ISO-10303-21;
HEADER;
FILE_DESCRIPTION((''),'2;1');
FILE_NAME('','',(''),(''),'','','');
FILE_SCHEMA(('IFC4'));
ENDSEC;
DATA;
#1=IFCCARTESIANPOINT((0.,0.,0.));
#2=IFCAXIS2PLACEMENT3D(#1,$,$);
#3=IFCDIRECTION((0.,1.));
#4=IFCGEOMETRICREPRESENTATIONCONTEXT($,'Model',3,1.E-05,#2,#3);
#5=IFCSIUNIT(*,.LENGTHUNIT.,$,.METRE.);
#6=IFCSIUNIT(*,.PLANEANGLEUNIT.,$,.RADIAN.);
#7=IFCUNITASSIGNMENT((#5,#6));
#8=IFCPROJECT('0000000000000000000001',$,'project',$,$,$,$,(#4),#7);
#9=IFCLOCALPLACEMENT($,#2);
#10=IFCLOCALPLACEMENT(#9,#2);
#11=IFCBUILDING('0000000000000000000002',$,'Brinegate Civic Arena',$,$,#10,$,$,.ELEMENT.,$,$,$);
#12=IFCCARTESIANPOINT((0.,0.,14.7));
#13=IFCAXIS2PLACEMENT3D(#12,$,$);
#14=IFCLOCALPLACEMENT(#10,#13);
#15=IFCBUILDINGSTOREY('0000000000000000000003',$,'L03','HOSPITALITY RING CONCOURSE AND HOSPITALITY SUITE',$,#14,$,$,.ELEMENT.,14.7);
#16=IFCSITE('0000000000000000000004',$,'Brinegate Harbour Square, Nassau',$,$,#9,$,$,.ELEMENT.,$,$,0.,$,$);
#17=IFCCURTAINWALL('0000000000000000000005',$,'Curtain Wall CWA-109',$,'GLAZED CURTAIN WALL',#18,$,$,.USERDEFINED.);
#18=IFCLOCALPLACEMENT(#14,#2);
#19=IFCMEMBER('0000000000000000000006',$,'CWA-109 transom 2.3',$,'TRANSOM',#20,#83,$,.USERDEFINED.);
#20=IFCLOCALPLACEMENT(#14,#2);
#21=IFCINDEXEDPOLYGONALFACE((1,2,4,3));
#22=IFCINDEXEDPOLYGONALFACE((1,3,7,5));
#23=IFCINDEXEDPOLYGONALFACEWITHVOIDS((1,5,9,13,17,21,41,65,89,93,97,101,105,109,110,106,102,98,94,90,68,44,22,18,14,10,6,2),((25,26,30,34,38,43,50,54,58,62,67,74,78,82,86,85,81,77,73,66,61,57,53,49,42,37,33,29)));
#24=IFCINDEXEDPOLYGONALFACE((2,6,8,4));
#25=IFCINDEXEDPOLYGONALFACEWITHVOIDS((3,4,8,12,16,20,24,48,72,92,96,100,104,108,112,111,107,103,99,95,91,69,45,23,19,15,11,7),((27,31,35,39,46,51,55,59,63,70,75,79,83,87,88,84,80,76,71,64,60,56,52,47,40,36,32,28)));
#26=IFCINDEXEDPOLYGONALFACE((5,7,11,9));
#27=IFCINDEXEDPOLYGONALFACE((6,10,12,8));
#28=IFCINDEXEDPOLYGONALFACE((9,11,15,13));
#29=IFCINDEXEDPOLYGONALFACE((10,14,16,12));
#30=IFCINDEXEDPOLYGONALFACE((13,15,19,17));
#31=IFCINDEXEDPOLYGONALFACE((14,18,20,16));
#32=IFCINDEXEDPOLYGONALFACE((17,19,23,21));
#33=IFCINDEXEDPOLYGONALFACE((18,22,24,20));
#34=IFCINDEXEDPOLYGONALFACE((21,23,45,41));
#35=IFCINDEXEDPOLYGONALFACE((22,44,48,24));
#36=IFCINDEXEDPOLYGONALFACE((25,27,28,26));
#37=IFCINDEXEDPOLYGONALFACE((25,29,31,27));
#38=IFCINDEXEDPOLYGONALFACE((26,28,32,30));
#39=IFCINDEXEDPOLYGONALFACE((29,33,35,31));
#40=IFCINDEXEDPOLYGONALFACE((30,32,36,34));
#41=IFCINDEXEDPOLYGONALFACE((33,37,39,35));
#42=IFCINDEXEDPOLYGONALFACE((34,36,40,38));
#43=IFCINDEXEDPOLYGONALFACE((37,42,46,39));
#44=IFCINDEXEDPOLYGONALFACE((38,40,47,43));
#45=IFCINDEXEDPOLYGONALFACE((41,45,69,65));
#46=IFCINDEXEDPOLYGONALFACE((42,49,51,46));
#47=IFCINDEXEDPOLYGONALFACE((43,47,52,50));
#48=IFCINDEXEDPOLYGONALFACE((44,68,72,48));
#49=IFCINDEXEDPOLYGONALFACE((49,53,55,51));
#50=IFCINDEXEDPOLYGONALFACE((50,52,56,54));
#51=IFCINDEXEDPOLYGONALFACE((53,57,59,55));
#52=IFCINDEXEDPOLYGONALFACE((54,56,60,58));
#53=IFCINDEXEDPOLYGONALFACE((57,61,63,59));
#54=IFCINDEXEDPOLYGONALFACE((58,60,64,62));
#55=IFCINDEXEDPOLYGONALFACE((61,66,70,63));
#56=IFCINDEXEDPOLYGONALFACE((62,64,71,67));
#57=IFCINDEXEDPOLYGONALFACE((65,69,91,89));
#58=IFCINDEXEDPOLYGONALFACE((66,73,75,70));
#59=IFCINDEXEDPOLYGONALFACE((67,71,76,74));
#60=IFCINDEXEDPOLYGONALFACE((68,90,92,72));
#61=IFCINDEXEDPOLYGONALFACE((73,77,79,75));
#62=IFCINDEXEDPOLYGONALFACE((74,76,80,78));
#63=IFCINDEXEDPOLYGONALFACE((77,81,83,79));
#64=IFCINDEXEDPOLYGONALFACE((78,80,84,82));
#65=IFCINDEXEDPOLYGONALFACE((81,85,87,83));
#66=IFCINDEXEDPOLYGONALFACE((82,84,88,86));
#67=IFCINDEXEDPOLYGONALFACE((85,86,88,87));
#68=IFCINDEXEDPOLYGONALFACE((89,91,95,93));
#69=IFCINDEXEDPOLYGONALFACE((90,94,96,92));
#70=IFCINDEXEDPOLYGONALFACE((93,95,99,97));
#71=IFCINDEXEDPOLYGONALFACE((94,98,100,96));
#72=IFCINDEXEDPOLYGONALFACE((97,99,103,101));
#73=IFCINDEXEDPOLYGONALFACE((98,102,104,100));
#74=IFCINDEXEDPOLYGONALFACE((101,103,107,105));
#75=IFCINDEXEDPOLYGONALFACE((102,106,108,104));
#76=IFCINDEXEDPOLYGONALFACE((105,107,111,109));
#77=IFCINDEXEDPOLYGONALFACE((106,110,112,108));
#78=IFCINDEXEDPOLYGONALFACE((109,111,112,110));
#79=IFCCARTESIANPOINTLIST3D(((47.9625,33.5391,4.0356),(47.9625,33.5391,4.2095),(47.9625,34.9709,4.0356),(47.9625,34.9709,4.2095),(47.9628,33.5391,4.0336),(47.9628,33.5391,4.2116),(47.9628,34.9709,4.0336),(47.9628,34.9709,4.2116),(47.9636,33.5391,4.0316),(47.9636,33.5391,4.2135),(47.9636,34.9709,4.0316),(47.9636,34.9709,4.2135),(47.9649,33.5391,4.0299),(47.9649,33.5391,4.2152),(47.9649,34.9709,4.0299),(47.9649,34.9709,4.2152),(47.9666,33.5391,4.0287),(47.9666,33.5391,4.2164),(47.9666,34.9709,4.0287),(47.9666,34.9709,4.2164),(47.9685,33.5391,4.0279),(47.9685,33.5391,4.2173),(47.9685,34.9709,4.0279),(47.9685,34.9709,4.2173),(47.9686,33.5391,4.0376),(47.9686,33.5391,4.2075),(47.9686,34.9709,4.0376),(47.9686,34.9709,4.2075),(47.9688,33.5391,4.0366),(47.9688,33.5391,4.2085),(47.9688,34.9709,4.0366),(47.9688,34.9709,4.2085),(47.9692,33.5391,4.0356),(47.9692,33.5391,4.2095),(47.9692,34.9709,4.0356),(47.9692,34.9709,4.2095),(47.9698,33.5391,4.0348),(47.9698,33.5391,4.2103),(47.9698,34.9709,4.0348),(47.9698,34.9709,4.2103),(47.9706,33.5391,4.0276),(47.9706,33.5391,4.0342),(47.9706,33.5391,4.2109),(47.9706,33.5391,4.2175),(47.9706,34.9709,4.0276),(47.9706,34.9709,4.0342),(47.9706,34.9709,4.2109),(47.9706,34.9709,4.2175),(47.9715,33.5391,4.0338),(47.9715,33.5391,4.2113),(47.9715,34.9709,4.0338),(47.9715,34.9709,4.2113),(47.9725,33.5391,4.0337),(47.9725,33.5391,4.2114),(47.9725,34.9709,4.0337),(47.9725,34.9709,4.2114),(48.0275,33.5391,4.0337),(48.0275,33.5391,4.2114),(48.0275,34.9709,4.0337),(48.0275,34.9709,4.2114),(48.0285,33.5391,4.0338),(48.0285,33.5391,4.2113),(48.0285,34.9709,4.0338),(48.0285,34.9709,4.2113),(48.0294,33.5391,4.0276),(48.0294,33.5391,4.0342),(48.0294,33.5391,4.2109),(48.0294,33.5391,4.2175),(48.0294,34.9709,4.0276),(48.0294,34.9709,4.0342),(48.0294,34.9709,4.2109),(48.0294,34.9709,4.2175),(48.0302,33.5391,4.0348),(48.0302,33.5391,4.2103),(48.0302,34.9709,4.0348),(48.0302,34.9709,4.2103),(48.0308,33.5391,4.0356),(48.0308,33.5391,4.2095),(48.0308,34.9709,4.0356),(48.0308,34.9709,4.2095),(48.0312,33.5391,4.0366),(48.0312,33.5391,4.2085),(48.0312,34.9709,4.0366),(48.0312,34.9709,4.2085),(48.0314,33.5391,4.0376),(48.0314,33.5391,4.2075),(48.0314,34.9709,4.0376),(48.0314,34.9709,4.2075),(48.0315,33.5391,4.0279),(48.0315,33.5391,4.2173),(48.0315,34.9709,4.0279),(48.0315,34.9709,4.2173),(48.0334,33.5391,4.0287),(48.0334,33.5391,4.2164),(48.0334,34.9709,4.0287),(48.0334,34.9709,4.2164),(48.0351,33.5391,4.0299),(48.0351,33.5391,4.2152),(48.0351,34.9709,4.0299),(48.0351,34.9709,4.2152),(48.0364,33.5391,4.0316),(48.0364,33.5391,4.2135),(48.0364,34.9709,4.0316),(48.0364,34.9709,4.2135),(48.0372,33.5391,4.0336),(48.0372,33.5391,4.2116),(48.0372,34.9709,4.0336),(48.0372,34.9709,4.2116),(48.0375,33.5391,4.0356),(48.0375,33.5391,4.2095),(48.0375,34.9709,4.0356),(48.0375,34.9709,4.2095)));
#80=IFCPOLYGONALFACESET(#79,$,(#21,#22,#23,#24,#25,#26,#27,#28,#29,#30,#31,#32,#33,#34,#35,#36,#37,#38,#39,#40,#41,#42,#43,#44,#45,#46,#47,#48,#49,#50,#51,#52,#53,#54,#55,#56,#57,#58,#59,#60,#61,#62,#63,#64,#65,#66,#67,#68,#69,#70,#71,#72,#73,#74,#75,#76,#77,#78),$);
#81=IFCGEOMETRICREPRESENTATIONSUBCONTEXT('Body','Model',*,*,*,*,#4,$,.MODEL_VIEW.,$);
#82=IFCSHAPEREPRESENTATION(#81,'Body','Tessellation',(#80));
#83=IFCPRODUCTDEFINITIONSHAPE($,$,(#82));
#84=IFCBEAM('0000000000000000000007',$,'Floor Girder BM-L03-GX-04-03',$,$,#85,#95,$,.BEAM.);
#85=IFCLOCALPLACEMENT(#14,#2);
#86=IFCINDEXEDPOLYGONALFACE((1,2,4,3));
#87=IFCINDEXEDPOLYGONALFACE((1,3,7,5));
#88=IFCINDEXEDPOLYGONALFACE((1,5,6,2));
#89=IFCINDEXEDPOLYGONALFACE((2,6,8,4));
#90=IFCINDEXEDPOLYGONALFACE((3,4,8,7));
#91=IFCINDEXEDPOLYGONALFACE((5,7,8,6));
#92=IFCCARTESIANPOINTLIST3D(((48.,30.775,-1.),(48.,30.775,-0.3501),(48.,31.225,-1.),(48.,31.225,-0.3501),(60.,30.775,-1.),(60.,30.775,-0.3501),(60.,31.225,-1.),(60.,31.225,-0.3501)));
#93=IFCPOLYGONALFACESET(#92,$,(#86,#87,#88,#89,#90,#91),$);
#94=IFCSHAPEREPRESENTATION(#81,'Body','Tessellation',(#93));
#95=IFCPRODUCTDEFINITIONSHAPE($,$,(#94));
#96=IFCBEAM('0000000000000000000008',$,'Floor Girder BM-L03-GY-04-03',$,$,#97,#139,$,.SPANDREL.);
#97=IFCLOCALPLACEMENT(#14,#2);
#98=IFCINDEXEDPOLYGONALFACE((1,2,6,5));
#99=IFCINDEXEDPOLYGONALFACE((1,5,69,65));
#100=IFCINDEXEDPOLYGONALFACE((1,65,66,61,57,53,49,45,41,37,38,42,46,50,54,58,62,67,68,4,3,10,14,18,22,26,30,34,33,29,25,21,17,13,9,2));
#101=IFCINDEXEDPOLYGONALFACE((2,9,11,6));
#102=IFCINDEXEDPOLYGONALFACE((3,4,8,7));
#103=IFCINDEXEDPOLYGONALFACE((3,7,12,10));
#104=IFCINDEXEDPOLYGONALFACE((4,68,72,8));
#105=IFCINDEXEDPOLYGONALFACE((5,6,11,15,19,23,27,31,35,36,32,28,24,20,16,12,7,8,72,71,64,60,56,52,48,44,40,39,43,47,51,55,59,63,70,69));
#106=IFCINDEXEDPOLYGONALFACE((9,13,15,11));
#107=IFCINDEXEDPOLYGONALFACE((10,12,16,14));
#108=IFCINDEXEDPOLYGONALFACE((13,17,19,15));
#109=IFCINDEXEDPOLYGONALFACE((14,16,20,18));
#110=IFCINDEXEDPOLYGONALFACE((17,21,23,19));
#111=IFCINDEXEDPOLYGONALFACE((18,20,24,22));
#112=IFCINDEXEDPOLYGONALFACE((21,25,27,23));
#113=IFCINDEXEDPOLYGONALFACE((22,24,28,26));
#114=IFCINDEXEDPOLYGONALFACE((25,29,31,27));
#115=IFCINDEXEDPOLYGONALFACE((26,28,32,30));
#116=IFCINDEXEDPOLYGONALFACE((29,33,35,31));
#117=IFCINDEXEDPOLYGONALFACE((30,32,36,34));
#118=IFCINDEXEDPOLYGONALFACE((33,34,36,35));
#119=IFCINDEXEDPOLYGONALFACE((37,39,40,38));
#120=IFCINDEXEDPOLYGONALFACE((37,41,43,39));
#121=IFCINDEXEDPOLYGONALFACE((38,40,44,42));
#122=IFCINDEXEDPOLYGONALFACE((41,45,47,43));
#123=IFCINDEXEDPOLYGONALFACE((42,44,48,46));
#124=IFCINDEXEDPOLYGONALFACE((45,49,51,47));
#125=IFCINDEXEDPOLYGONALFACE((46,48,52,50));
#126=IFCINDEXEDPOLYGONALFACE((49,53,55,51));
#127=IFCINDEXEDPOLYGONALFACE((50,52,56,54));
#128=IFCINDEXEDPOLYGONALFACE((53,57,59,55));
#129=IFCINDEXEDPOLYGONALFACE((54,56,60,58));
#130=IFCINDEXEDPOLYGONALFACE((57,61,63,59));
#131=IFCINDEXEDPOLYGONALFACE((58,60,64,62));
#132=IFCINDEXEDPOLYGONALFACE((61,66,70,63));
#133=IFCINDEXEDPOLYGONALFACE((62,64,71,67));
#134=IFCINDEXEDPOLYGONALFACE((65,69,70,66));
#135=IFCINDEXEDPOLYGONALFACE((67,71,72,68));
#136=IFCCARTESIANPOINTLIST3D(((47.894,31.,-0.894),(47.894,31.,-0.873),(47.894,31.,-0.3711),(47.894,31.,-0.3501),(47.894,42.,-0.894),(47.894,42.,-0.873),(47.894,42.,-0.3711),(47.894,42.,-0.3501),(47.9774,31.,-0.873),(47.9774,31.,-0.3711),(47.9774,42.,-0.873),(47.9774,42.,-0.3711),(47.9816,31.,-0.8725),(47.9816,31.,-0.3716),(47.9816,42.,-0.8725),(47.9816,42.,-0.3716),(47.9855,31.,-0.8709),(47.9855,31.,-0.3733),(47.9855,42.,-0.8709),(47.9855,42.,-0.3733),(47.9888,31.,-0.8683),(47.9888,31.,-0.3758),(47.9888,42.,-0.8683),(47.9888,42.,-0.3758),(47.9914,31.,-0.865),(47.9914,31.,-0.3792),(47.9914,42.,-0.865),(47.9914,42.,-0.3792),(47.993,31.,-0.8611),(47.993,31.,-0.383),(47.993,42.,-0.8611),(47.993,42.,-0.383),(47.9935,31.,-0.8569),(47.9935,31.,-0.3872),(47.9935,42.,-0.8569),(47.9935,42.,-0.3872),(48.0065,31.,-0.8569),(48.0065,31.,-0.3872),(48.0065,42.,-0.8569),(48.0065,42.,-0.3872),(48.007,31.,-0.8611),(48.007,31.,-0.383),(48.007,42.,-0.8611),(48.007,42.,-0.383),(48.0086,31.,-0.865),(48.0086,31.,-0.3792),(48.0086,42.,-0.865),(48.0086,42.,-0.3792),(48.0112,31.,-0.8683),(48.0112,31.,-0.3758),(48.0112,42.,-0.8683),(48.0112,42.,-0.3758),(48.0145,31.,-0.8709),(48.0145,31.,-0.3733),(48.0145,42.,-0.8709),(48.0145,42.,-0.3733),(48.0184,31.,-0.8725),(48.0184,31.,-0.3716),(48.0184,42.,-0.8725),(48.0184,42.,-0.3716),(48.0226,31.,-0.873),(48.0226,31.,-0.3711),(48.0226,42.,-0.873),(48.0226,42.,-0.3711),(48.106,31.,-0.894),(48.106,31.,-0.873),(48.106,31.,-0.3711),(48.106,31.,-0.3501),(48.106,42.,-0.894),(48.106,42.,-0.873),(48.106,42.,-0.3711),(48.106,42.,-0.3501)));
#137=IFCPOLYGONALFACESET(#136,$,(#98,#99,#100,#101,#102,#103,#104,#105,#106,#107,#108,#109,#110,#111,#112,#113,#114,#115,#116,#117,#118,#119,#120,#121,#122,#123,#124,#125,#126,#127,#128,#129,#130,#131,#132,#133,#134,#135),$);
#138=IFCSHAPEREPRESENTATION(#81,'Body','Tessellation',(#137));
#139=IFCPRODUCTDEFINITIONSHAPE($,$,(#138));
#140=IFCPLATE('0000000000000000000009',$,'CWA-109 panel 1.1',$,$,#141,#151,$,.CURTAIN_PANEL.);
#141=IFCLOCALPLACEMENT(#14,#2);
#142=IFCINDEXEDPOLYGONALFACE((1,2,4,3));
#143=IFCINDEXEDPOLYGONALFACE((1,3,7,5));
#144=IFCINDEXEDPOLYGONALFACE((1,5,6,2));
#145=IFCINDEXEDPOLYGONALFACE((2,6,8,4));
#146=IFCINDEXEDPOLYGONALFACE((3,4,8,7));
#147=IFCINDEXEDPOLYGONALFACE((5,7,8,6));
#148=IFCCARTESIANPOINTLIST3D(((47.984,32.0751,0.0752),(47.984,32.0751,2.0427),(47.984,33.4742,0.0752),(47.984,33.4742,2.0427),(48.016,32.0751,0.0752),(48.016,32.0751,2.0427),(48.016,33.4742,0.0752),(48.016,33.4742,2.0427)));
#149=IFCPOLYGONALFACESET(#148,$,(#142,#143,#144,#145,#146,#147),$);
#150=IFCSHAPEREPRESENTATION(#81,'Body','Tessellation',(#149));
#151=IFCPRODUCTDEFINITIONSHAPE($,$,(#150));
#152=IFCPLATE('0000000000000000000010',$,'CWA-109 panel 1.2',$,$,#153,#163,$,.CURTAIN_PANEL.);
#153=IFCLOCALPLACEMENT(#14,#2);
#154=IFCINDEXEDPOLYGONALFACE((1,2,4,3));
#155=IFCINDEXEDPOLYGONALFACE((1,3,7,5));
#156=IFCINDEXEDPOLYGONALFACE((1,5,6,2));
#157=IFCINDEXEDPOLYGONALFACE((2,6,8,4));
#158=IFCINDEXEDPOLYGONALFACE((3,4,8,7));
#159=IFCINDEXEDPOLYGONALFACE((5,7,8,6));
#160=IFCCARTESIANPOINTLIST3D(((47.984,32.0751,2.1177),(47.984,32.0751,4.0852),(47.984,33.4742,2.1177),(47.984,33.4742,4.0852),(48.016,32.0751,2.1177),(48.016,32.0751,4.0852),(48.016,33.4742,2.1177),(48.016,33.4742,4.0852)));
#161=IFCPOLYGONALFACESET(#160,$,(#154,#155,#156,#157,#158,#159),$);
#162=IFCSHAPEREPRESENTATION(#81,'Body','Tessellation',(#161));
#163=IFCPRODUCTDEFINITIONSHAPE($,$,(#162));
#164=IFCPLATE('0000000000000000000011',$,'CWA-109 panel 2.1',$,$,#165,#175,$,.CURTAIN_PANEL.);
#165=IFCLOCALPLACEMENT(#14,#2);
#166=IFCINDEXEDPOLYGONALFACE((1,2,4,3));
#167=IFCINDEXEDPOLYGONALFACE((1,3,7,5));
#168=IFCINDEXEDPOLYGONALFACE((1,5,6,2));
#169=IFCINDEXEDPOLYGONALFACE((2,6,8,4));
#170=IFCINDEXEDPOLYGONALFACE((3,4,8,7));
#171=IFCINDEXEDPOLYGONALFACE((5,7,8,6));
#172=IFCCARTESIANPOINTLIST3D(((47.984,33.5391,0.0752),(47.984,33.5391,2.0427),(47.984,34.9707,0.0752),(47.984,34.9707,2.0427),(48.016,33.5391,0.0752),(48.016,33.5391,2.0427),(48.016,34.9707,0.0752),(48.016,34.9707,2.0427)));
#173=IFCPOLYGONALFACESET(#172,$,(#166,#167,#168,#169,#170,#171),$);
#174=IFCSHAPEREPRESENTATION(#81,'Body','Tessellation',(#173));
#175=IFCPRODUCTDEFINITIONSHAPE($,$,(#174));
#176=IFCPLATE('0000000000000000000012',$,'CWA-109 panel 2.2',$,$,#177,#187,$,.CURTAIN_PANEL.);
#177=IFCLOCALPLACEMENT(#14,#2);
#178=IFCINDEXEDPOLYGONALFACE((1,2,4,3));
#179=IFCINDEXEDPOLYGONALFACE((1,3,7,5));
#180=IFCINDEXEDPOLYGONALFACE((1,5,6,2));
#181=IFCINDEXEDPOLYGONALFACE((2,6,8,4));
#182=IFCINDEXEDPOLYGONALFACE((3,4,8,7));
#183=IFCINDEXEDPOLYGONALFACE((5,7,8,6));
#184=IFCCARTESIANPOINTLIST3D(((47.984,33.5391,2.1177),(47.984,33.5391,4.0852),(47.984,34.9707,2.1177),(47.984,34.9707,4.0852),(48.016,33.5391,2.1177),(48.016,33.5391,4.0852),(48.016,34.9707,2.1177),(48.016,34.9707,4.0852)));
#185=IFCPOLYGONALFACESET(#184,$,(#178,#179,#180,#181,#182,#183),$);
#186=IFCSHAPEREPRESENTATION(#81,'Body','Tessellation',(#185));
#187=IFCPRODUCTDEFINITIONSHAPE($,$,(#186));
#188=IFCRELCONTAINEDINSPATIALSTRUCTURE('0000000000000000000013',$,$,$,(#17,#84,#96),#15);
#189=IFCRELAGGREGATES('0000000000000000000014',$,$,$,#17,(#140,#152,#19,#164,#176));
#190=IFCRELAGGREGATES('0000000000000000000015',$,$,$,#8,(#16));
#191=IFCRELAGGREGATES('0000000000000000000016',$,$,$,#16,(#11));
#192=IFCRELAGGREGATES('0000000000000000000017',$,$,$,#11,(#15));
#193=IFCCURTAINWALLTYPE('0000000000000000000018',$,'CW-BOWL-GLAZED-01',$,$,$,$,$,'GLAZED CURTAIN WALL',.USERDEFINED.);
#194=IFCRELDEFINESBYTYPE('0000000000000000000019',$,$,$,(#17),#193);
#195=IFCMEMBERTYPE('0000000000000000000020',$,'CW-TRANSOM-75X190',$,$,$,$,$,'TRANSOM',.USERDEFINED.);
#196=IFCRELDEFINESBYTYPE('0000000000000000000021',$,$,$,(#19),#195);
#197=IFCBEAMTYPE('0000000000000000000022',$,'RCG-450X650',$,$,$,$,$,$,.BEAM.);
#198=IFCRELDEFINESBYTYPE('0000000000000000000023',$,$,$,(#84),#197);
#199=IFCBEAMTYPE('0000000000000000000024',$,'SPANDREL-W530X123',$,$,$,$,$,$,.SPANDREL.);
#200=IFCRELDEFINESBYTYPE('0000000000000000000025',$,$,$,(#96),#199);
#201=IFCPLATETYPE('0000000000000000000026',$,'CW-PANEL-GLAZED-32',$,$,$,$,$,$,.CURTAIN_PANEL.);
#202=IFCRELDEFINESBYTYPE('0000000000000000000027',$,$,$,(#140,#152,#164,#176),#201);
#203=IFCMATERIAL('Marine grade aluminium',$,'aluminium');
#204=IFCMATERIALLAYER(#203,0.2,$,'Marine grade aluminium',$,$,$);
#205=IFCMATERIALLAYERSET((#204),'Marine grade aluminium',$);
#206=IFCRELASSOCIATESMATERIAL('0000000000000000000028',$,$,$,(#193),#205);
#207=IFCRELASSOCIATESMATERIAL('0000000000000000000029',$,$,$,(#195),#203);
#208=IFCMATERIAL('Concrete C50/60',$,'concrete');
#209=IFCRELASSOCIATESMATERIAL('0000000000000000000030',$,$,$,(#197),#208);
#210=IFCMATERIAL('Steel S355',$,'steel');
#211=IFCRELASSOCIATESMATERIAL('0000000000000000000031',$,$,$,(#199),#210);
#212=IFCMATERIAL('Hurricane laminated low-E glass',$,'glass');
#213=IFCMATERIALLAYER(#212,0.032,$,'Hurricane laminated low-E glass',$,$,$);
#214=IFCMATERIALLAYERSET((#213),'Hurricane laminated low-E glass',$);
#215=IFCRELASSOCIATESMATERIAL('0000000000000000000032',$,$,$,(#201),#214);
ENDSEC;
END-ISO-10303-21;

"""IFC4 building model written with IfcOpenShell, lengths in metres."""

from ifc_helpers import new_model, si_unit, direction, frame, origin, origin_2d, place, context, subcontext, project, spatial, rectangle, hollow_rectangle, i_section, extrude, material, layer, layer_set, material_profile, profile_set, type_object, element, aggregate, save


model = new_model("IFC4")

# Units and contexts
model_context = context("Model", 3, precision=1e-05, world=origin(), true_north=direction((0.0, 1.0)))
body_context = subcontext(model_context, "Body", "Model", "MODEL_VIEW")
ifc_project = project(units=[si_unit("LENGTHUNIT", "METRE"), si_unit("PLANEANGLEUNIT", "RADIAN")], contexts=[model_context])

# Site, building, storey
site_placement = place(None, origin())
site = spatial("IfcSite", under=ifc_project, at=site_placement, Name="Brinegate Harbour Square, Nassau", CompositionType="ELEMENT", RefElevation=0.0)
building_placement = place(site_placement, origin())
building = spatial("IfcBuilding", under=site, at=building_placement, Name="Brinegate Civic Arena", CompositionType="ELEMENT")
storey_placement = place(building_placement, frame((0.0, 0.0, 14.7)))
storey = spatial("IfcBuildingStorey", under=building, at=storey_placement, Name="L03", Description="HOSPITALITY RING CONCOURSE AND HOSPITALITY SUITE", CompositionType="ELEMENT", Elevation=14.7)

# Shared definitions
ifc_material_1 = material(Name="Concrete C50/60", Category="concrete")

# Curtain wall
ifc_material_2 = material(Name="Marine grade aluminium", Category="aluminium")
ifc_layer_1 = layer(ifc_material_2, 0.2, Name="Marine grade aluminium")
ifc_layer_set_1 = layer_set([ifc_layer_1], Name="Marine grade aluminium")
curtain_wall_type = type_object("IfcCurtainWallType", Name="CW-BOWL-GLAZED-01", ElementType="GLAZED CURTAIN WALL", PredefinedType="USERDEFINED", material=ifc_layer_set_1)
curtain_wall_1_placement = place(storey_placement, origin())
curtain_wall_1 = element("IfcCurtainWall", 1, at=curtain_wall_1_placement, inside=storey, type_object=curtain_wall_type, Name="Curtain Wall CWA-109", ObjectType="GLAZED CURTAIN WALL", PredefinedType="USERDEFINED")

# Member
ifc_material_profile_1 = material_profile(ifc_material_2, hollow_rectangle(XDim=0.075, YDim=0.1899, WallThickness=0.0061, InnerFilletRadius=0.0039, OuterFilletRadius=0.0081, at=origin_2d()), Name="TRN75X190")
ifc_profile_set_1 = profile_set([ifc_material_profile_1], Name="Marine grade aluminium")
member_type_1 = type_object("IfcMemberType", Name="CW-TRANSOM-75X190", ElementType="TRANSOM", PredefinedType="USERDEFINED", material=ifc_profile_set_1)
member_1_placement = place(storey_placement, frame((48.0, 33.5391, 4.1226), z_axis=(0.0, 1.0, 0.0), x_axis=(-1.0, 0.0, 0.0)))
member_1 = element("IfcMember", 2, at=member_1_placement, type_object=member_type_1, Name="CWA-109 transom 2.3", ObjectType="TRANSOM", PredefinedType="USERDEFINED", context=body_context, shape_type="SweptSolid", body=[
    extrude(hollow_rectangle(XDim=0.075, YDim=0.1899, WallThickness=0.0061, InnerFilletRadius=0.0039, OuterFilletRadius=0.0081, at=origin_2d()), origin(), (0.0, 0.0, 1.0), 1.4319),
])

# Beams
ifc_material_profile_2 = material_profile(ifc_material_1, rectangle(XDim=0.45, YDim=0.6499, at=origin_2d()), Name="RCB450X650")
ifc_profile_set_2 = profile_set([ifc_material_profile_2], Name="Concrete C50/60")
beam_type_1 = type_object("IfcBeamType", Name="RCG-450X650", PredefinedType="BEAM", material=ifc_profile_set_2)
beam_1_placement = place(storey_placement, frame((48.0, 31.0, -0.675), z_axis=(1.0, 0.0, 0.0), x_axis=(0.0, 1.0, 0.0)))
element("IfcBeam", 3, at=beam_1_placement, inside=storey, type_object=beam_type_1, Name="Floor Girder BM-L03-GX-04-03", PredefinedType="BEAM", context=body_context, shape_type="SweptSolid", body=[
    extrude(rectangle(XDim=0.45, YDim=0.6499, at=origin_2d()), origin(), (0.0, 0.0, 1.0), 12.0),
])
ifc_material_3 = material(Name="Steel S355", Category="steel")
ifc_material_profile_3 = material_profile(ifc_material_3, i_section(OverallWidth=0.2119, OverallDepth=0.5439, WebThickness=0.0129, FlangeThickness=0.021, FilletRadius=0.0161, at=origin_2d()), Name="W530X123")
ifc_profile_set_3 = profile_set([ifc_material_profile_3], Name="Steel S355")
beam_type_2 = type_object("IfcBeamType", Name="SPANDREL-W530X123", PredefinedType="SPANDREL", material=ifc_profile_set_3)
beam_2_placement = place(storey_placement, frame((48.0, 31.0, -0.6221), z_axis=(0.0, 1.0, 0.0), x_axis=(-1.0, 0.0, 0.0)))
element("IfcBeam", 4, at=beam_2_placement, inside=storey, type_object=beam_type_2, Name="Floor Girder BM-L03-GY-04-03", PredefinedType="SPANDREL", context=body_context, shape_type="SweptSolid", body=[
    extrude(i_section(OverallWidth=0.2119, OverallDepth=0.5439, WebThickness=0.0129, FlangeThickness=0.021, FilletRadius=0.0161, at=origin_2d()), origin(), (0.0, 0.0, 1.0), 11.0),
])

# Plates
ifc_material_4 = material(Name="Hurricane laminated low-E glass", Category="glass")
ifc_layer_2 = layer(ifc_material_4, 0.032, Name="Hurricane laminated low-E glass")
ifc_layer_set_2 = layer_set([ifc_layer_2], Name="Hurricane laminated low-E glass")
plate_type_1 = type_object("IfcPlateType", Name="CW-PANEL-GLAZED-32", PredefinedType="CURTAIN_PANEL", material=ifc_layer_set_2)
plate_1_placement = place(storey_placement, frame((48.0, 32.7747, 0.0752), z_axis=(0.0, 0.0, 1.0), x_axis=(0.0, 1.0, 0.0)))
plate_1 = element("IfcPlate", 5, at=plate_1_placement, type_object=plate_type_1, Name="CWA-109 panel 1.1", PredefinedType="CURTAIN_PANEL", context=body_context, shape_type="SweptSolid", body=[
    extrude(rectangle(XDim=1.3992, YDim=0.032, at=origin_2d()), origin(), (0.0, 0.0, 1.0), 1.9675),
])
plate_2_placement = place(storey_placement, frame((48.0, 32.7747, 2.1177), z_axis=(0.0, 0.0, 1.0), x_axis=(0.0, 1.0, 0.0)))
plate_2 = element("IfcPlate", 6, at=plate_2_placement, type_object=plate_type_1, Name="CWA-109 panel 1.2", PredefinedType="CURTAIN_PANEL", context=body_context, shape_type="SweptSolid", body=[
    extrude(rectangle(XDim=1.3992, YDim=0.032, at=origin_2d()), origin(), (0.0, 0.0, 1.0), 1.9675),
])
plate_3_placement = place(storey_placement, frame((48.0, 34.2549, 0.0752), z_axis=(0.0, 0.0, 1.0), x_axis=(0.0, 1.0, 0.0)))
plate_3 = element("IfcPlate", 7, at=plate_3_placement, type_object=plate_type_1, Name="CWA-109 panel 2.1", PredefinedType="CURTAIN_PANEL", context=body_context, shape_type="SweptSolid", body=[
    extrude(rectangle(XDim=1.4316, YDim=0.032, at=origin_2d()), origin(), (0.0, 0.0, 1.0), 1.9675),
])
plate_4_placement = place(storey_placement, frame((48.0, 34.2549, 2.1177), z_axis=(0.0, 0.0, 1.0), x_axis=(0.0, 1.0, 0.0)))
plate_4 = element("IfcPlate", 8, at=plate_4_placement, type_object=plate_type_1, Name="CWA-109 panel 2.2", PredefinedType="CURTAIN_PANEL", context=body_context, shape_type="SweptSolid", body=[
    extrude(rectangle(XDim=1.4316, YDim=0.032, at=origin_2d()), origin(), (0.0, 0.0, 1.0), 1.9675),
])
aggregate(curtain_wall_1, [plate_1, plate_2, member_1, plate_3, plate_4])

save(model, "model.ifc")
